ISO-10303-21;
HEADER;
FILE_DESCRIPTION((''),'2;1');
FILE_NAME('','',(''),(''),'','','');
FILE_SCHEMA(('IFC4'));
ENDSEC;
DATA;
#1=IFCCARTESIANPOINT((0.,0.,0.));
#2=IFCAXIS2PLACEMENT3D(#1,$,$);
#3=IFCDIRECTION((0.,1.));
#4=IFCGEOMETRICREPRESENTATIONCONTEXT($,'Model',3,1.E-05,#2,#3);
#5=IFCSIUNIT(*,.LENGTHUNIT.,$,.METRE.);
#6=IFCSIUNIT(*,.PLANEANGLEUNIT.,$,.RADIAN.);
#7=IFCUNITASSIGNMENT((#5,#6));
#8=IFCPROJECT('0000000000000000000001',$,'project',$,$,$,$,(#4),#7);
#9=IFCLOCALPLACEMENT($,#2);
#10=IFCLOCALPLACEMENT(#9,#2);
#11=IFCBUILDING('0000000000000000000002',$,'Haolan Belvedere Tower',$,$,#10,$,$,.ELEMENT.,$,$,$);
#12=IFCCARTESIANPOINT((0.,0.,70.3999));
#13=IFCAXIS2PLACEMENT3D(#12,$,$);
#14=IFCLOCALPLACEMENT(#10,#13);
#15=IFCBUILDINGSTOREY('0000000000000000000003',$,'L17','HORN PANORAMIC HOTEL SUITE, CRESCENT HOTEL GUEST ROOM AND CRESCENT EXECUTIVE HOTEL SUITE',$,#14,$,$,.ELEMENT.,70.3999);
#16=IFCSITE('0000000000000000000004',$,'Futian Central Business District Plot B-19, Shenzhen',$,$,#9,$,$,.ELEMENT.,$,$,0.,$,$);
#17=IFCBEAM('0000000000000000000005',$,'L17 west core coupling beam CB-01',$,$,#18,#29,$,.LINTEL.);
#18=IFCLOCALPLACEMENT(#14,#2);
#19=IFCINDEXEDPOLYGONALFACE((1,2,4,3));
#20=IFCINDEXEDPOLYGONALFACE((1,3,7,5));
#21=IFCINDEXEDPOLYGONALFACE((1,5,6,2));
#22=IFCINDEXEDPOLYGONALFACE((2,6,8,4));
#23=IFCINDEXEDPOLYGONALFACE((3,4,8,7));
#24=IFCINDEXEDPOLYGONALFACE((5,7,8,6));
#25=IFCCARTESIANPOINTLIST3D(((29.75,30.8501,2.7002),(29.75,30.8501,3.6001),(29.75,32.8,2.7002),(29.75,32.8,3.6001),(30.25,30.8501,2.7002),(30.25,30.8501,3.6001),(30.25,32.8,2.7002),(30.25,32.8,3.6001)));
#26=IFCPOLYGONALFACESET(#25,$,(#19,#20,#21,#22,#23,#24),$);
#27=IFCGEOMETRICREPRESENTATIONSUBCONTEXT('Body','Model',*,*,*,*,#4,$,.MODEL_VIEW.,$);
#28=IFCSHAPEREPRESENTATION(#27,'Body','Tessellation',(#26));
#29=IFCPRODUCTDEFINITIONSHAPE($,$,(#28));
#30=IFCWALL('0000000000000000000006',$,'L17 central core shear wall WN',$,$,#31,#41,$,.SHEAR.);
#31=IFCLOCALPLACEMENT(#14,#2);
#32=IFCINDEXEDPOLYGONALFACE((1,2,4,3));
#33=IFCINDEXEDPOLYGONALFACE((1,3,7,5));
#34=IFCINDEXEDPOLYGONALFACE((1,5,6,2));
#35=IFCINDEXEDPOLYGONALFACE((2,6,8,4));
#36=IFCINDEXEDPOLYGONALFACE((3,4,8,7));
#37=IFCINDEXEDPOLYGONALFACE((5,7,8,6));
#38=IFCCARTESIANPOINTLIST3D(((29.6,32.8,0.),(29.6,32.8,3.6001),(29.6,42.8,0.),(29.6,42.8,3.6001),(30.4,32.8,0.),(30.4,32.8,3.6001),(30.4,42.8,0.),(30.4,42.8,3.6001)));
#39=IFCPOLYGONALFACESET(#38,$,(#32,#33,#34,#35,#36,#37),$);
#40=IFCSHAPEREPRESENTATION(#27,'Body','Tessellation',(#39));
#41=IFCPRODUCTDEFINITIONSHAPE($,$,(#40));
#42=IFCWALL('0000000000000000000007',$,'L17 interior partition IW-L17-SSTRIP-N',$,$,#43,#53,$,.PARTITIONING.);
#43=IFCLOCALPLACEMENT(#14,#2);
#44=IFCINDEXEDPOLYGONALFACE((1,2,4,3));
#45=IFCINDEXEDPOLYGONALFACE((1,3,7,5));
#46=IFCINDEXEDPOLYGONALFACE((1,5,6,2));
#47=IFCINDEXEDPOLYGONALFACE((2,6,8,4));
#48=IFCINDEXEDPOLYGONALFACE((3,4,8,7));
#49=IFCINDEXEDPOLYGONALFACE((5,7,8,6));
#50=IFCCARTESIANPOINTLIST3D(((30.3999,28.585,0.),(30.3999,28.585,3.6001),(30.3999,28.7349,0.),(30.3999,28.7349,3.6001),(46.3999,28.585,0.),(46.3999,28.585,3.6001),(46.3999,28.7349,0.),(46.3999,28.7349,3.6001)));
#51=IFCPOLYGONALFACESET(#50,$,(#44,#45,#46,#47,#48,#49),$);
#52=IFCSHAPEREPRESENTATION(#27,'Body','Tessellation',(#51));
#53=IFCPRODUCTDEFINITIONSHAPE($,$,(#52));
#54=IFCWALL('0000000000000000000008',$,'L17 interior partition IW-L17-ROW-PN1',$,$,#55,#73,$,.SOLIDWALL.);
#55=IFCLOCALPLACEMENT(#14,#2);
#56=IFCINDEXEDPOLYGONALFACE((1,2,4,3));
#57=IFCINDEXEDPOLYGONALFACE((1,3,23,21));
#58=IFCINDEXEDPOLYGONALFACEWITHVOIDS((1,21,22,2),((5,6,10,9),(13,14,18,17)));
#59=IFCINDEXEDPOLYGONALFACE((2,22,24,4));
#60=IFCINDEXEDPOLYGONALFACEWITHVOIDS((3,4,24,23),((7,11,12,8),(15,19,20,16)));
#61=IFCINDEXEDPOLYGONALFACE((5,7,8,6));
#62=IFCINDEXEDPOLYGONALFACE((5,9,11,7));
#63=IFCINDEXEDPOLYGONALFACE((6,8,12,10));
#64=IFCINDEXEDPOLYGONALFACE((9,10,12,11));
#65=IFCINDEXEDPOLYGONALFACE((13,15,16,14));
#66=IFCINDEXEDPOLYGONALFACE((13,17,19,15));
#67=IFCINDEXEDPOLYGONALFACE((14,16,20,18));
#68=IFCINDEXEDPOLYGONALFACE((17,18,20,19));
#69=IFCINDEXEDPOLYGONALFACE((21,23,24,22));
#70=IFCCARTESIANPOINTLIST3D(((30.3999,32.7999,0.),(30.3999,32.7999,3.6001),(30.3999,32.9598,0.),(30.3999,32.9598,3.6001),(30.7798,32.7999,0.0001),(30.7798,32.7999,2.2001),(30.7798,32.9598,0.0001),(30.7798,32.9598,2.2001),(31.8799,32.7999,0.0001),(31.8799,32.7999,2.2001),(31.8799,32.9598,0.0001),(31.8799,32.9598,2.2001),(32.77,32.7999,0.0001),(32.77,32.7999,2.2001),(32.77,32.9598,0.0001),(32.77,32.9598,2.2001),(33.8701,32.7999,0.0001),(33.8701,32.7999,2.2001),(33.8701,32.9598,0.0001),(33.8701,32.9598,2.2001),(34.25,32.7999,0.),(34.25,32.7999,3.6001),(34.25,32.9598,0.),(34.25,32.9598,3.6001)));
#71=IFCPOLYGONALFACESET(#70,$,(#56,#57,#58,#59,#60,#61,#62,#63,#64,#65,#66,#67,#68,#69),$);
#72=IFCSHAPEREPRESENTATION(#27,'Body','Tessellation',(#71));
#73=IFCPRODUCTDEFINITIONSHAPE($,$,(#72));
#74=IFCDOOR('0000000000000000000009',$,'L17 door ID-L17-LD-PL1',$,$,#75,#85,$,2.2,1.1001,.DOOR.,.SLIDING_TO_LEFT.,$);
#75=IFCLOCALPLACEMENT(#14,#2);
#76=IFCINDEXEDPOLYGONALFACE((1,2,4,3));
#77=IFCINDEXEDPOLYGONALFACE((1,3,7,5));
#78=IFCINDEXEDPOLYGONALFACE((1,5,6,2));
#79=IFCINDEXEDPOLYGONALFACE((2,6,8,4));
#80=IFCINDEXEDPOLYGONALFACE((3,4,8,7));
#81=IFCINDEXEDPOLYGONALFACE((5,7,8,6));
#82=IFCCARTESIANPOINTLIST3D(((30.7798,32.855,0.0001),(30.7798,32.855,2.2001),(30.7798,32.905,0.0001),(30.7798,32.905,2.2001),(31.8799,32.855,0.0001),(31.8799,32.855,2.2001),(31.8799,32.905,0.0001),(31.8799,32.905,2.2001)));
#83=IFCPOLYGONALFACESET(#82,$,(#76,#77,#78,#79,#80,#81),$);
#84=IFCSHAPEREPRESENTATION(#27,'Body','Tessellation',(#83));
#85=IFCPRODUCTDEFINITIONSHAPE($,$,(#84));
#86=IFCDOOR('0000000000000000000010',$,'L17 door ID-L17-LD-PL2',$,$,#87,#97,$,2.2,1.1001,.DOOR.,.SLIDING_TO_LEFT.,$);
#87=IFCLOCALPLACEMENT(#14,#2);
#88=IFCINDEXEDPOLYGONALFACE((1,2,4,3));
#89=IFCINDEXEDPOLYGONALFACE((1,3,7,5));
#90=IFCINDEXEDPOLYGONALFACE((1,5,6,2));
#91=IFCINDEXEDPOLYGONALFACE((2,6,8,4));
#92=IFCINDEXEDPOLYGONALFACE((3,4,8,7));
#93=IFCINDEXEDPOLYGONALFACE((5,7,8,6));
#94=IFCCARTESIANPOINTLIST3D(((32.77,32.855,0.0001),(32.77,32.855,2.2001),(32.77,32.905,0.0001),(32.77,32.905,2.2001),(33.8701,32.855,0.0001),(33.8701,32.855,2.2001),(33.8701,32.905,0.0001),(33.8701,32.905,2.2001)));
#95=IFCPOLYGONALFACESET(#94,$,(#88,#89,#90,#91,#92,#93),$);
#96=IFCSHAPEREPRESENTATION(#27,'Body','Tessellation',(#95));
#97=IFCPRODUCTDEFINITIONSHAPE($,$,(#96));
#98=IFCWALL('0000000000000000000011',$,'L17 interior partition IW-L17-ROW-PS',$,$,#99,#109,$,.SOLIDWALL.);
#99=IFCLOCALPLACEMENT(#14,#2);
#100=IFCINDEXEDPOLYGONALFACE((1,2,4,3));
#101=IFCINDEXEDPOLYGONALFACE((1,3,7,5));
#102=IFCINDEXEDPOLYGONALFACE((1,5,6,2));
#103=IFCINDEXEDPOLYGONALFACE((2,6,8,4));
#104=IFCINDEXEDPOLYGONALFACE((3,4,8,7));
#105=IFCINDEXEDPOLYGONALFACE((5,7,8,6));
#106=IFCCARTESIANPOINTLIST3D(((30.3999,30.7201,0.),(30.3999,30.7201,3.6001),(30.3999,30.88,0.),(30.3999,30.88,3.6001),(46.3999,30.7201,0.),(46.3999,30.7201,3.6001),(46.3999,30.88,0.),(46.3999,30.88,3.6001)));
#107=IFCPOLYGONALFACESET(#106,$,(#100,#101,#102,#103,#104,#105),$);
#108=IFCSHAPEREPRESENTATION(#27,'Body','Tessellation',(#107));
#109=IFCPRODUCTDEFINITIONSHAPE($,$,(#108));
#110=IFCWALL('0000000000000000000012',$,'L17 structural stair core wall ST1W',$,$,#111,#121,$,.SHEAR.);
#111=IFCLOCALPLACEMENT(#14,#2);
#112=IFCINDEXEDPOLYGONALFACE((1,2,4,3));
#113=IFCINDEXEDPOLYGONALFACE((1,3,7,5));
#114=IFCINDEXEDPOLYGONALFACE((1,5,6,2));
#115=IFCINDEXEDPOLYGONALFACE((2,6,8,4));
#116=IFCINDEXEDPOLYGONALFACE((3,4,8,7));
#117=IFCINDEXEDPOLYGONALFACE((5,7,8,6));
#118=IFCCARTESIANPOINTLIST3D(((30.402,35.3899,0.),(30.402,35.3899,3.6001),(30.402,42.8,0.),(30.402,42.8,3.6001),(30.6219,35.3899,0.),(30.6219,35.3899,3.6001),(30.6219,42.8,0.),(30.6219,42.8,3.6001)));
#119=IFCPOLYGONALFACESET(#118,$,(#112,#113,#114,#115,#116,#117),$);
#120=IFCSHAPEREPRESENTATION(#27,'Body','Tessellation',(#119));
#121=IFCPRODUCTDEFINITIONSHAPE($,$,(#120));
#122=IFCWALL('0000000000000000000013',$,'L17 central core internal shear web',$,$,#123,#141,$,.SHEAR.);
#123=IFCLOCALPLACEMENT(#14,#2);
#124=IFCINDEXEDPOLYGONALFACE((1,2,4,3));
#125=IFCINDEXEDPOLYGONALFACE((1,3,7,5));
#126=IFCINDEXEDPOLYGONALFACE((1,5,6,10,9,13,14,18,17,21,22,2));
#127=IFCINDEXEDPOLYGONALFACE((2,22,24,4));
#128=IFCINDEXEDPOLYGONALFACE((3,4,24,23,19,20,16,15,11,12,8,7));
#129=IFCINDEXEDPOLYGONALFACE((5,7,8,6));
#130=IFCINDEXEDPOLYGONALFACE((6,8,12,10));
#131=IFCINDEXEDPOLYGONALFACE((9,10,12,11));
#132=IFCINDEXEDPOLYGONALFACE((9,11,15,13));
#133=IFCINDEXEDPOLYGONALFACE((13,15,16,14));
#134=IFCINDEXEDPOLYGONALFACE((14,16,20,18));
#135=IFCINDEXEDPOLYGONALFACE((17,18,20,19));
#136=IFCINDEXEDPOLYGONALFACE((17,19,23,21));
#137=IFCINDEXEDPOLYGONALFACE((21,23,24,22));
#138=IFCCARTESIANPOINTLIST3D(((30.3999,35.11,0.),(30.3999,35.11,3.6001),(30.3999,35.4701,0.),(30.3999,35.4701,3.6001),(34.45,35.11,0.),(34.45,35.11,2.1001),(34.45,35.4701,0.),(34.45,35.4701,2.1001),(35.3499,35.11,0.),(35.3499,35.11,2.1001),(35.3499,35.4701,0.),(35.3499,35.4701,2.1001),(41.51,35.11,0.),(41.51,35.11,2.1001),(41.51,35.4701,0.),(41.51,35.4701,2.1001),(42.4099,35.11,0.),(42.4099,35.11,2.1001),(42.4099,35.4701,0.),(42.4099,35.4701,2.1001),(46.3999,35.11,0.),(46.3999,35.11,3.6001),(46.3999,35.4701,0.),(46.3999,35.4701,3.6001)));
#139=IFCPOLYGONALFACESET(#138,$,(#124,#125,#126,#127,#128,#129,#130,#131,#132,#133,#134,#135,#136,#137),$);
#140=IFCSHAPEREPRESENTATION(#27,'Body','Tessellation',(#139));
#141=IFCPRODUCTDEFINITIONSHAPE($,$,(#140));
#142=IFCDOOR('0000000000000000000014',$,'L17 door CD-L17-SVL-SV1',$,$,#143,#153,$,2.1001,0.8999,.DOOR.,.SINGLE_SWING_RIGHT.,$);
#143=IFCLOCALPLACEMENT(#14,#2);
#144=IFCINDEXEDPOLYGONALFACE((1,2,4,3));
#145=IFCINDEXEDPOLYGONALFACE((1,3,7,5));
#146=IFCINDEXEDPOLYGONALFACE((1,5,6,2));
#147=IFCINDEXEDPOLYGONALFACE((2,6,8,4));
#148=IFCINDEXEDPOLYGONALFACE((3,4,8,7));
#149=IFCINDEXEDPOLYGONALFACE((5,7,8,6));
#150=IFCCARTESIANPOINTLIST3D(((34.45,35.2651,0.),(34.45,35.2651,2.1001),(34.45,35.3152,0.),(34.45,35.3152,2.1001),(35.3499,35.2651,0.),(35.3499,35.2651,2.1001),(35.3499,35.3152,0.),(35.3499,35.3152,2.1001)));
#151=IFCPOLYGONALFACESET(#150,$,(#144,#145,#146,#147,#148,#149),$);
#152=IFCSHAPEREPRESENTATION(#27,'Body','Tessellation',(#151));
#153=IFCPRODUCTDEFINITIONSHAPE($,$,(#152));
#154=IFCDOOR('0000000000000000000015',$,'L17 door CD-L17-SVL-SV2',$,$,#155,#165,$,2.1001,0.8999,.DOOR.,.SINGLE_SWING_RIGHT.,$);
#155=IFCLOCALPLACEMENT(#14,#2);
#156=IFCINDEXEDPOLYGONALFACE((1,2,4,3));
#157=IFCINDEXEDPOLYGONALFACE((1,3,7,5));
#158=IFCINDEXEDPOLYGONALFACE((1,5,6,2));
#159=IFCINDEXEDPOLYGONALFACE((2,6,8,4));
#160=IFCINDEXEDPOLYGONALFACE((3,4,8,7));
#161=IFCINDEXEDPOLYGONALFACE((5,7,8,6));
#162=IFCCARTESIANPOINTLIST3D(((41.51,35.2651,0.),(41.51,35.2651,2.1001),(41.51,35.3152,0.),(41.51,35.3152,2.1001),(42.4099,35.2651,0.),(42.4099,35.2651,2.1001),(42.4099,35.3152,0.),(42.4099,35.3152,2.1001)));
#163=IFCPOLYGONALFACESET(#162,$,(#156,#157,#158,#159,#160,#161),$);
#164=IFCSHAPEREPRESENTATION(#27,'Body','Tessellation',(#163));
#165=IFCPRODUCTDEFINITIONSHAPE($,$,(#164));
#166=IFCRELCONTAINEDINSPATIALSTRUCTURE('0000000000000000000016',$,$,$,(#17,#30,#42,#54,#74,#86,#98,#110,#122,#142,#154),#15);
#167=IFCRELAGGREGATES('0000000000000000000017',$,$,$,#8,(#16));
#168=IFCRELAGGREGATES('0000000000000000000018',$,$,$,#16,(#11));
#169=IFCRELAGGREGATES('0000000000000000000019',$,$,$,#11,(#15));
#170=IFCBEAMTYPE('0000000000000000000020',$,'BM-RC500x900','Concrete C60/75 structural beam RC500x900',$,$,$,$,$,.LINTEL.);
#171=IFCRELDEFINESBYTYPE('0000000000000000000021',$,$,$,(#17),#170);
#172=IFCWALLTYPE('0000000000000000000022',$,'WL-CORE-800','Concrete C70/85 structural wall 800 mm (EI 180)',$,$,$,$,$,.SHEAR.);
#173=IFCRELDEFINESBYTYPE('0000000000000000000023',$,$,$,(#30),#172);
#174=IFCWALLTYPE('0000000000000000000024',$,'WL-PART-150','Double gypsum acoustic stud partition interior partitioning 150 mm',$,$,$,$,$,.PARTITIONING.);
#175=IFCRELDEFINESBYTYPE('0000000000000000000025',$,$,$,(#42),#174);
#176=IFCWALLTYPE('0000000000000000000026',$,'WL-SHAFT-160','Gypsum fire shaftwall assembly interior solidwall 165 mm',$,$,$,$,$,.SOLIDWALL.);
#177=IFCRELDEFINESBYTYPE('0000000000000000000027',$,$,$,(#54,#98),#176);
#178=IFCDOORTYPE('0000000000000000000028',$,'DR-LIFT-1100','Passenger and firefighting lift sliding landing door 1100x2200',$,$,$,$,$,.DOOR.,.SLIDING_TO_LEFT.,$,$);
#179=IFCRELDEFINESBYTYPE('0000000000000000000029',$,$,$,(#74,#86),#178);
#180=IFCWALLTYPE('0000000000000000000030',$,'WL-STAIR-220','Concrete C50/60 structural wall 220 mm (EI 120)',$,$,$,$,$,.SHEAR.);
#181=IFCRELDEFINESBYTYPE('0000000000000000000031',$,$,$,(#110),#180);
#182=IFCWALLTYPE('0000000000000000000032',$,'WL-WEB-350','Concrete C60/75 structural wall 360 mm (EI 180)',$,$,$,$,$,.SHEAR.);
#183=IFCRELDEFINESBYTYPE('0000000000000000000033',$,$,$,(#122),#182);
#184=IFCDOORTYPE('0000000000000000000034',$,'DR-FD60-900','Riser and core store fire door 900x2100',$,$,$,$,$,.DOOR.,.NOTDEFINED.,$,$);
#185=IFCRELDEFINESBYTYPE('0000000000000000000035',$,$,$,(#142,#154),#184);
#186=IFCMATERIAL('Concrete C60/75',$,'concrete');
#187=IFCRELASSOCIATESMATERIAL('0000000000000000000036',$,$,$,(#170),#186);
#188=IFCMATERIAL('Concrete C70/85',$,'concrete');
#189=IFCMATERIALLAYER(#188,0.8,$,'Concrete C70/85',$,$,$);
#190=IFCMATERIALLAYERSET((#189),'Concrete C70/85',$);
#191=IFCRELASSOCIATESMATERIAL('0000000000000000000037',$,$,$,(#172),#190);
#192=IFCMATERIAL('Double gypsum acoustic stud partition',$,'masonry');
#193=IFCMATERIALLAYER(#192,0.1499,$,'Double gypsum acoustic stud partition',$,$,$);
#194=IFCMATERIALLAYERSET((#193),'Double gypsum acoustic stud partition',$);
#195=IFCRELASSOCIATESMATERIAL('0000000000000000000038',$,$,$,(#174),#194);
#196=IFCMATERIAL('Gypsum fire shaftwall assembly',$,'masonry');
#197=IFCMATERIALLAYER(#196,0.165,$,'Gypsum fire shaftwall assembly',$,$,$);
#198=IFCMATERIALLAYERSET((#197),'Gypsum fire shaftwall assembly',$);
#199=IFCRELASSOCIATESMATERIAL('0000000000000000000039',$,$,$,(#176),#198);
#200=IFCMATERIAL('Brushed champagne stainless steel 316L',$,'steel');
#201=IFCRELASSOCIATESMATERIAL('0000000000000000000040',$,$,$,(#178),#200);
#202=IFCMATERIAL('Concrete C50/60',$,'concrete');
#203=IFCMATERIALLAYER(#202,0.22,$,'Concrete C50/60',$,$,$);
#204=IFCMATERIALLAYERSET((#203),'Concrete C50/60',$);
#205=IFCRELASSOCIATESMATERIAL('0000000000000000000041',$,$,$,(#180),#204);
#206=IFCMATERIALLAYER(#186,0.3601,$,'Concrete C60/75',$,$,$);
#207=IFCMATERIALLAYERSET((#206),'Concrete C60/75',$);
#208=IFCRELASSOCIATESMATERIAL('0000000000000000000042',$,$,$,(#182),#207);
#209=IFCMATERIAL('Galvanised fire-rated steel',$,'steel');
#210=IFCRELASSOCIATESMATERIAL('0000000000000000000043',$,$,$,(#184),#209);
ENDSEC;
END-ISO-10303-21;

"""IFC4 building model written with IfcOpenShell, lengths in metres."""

from ifc_helpers import new_model, si_unit, direction, frame, frame_2d, origin, origin_2d, place, context, subcontext, project, spatial, rectangle, extrude, material, layer, layer_set, material_profile, profile_set, type_object, element, fill, save


model = new_model("IFC4")

# Units and contexts
model_context = context("Model", 3, precision=1e-05, world=origin(), true_north=direction((0.0, 1.0)))
body_context = subcontext(model_context, "Body", "Model", "MODEL_VIEW")
ifc_project = project(units=[si_unit("LENGTHUNIT", "METRE"), si_unit("PLANEANGLEUNIT", "RADIAN")], contexts=[model_context])

# Site, building, storey
site_placement = place(None, origin())
site = spatial("IfcSite", under=ifc_project, at=site_placement, Name="Futian Central Business District Plot B-19, Shenzhen", CompositionType="ELEMENT", RefElevation=0.0)
building_placement = place(site_placement, origin())
building = spatial("IfcBuilding", under=site, at=building_placement, Name="Haolan Belvedere Tower", CompositionType="ELEMENT")
storey_placement = place(building_placement, frame((0.0, 0.0, 70.3999)))
storey = spatial("IfcBuildingStorey", under=building, at=storey_placement, Name="L17", Description="HORN PANORAMIC HOTEL SUITE, CRESCENT HOTEL GUEST ROOM AND CRESCENT EXECUTIVE HOTEL SUITE", CompositionType="ELEMENT", Elevation=70.3999)

# Beam
ifc_material_1 = material(Name="Concrete C60/75", Category="concrete")
ifc_material_profile = material_profile(ifc_material_1, rectangle(XDim=0.5, YDim=0.8999, at=origin_2d()), Name="Concrete C60/75")
ifc_profile_set = profile_set([ifc_material_profile], Name="Concrete C60/75")
beam_type = type_object("IfcBeamType", Name="BM-RC500x900", Description="Concrete C60/75 structural beam RC500x900", PredefinedType="LINTEL", material=ifc_profile_set)
beam_placement = place(storey_placement, frame((30.0, 30.8501, 3.1501), z_axis=(0.0, 1.0, 0.0), x_axis=(-1.0, 0.0, 0.0)))
element("IfcBeam", 1, at=beam_placement, inside=storey, type_object=beam_type, Name="L17 west core coupling beam CB-01", PredefinedType="LINTEL", context=body_context, shape_type="SweptSolid", body=[
    extrude(rectangle(XDim=0.5, YDim=0.8999, at=origin_2d()), origin(), (0.0, 0.0, 1.0), 1.95),
])

# Walls
ifc_material_2 = material(Name="Concrete C70/85", Category="concrete")
ifc_layer_1 = layer(ifc_material_2, 0.8, Name="Concrete C70/85")
ifc_layer_set_1 = layer_set([ifc_layer_1], Name="Concrete C70/85")
wall_type_1 = type_object("IfcWallType", Name="WL-CORE-800", Description="Concrete C70/85 structural wall 800 mm (EI 180)", PredefinedType="SHEAR", material=ifc_layer_set_1)
wall_1_placement = place(storey_placement, frame((30.0, 32.8, 0.0), z_axis=(0.0, 0.0, 1.0), x_axis=(0.0, 1.0, 0.0)))
element("IfcWall", 2, at=wall_1_placement, inside=storey, type_object=wall_type_1, Name="L17 central core shear wall WN", PredefinedType="SHEAR", context=body_context, shape_type="SweptSolid", body=[
    extrude(rectangle(XDim=10.0, YDim=0.8, at=frame_2d((5.0, 0.0))), origin(), (0.0, 0.0, 1.0), 3.6001),
])
ifc_material_3 = material(Name="Double gypsum acoustic stud partition", Category="masonry")
ifc_layer_2 = layer(ifc_material_3, 0.1499, Name="Double gypsum acoustic stud partition")
ifc_layer_set_2 = layer_set([ifc_layer_2], Name="Double gypsum acoustic stud partition")
wall_type_2 = type_object("IfcWallType", Name="WL-PART-150", Description="Double gypsum acoustic stud partition interior partitioning 150 mm", PredefinedType="PARTITIONING", material=ifc_layer_set_2)
wall_2_placement = place(storey_placement, frame((30.3999, 28.6599, 0.0), z_axis=(0.0, 0.0, 1.0), x_axis=(1.0, 0.0, 0.0)))
element("IfcWall", 3, at=wall_2_placement, inside=storey, type_object=wall_type_2, Name="L17 interior partition IW-L17-SSTRIP-N", PredefinedType="PARTITIONING", context=body_context, shape_type="SweptSolid", body=[
    extrude(rectangle(XDim=16.0, YDim=0.1499, at=frame_2d((8.0, 0.0))), origin(), (0.0, 0.0, 1.0), 3.6001),
])

# Wall, openings, doors
ifc_material_4 = material(Name="Gypsum fire shaftwall assembly", Category="masonry")
ifc_layer_3 = layer(ifc_material_4, 0.165, Name="Gypsum fire shaftwall assembly")
ifc_layer_set_3 = layer_set([ifc_layer_3], Name="Gypsum fire shaftwall assembly")
wall_type_3 = type_object("IfcWallType", Name="WL-SHAFT-160", Description="Gypsum fire shaftwall assembly interior solidwall 165 mm", PredefinedType="SOLIDWALL", material=ifc_layer_set_3)
wall_3_placement = place(storey_placement, frame((30.3999, 32.8799, 0.0), z_axis=(0.0, 0.0, 1.0), x_axis=(1.0, 0.0, 0.0)))
wall_3 = element("IfcWall", 4, at=wall_3_placement, inside=storey, type_object=wall_type_3, Name="L17 interior partition IW-L17-ROW-PN1", PredefinedType="SOLIDWALL", context=body_context, shape_type="SweptSolid", body=[
    extrude(rectangle(XDim=3.8501, YDim=0.1599, at=frame_2d((1.925, 0.0))), origin(), (0.0, 0.0, 1.0), 3.6001),
])
opening_1_placement = place(wall_3_placement, frame((1.48, 0.0, 0.0), z_axis=(0.0, 0.0, 1.0), x_axis=(-1.0, 0.0, 0.0)))
opening_1 = element("IfcOpeningElement", 5, at=opening_1_placement, cuts=wall_3, PredefinedType="OPENING", context=body_context, shape_type="SweptSolid", body=[
    extrude(rectangle(XDim=1.1001, YDim=2.2, at=frame_2d((0.55, 1.1001))), frame((0.0, 0.0898, 0.0), z_axis=(0.0, -1.0, 0.0), x_axis=(1.0, 0.0, 0.0)), (0.0, 0.0, 1.0), 0.1799),
])
opening_2_placement = place(wall_3_placement, frame((3.4702, 0.0, 0.0), z_axis=(0.0, 0.0, 1.0), x_axis=(-1.0, 0.0, 0.0)))
opening_2 = element("IfcOpeningElement", 6, at=opening_2_placement, cuts=wall_3, PredefinedType="OPENING", context=body_context, shape_type="SweptSolid", body=[
    extrude(rectangle(XDim=1.1001, YDim=2.2, at=frame_2d((0.55, 1.1001))), frame((0.0, 0.0898, 0.0), z_axis=(0.0, -1.0, 0.0), x_axis=(1.0, 0.0, 0.0)), (0.0, 0.0, 1.0), 0.1799),
])
ifc_material_5 = material(Name="Brushed champagne stainless steel 316L", Category="steel")
door_type_1 = type_object("IfcDoorType", Name="DR-LIFT-1100", Description="Passenger and firefighting lift sliding landing door 1100x2200", OperationType="SLIDING_TO_LEFT", PredefinedType="DOOR", material=ifc_material_5)
door_1_placement = place(opening_1_placement, origin())
door_1 = element("IfcDoor", 7, at=door_1_placement, inside=storey, type_object=door_type_1, Name="L17 door ID-L17-LD-PL1", OperationType="SLIDING_TO_LEFT", OverallHeight=2.2, OverallWidth=1.1001, PredefinedType="DOOR", context=body_context, shape_type="SweptSolid", body=[
    extrude(rectangle(XDim=1.1001, YDim=2.2, at=frame_2d((0.55, 1.1001))), frame((0.0, 0.0249, 0.0), z_axis=(0.0, -1.0, 0.0), x_axis=(1.0, 0.0, 0.0)), (0.0, 0.0, 1.0), 0.05),
])
fill(opening_1, door_1)
door_2_placement = place(opening_2_placement, origin())
door_2 = element("IfcDoor", 8, at=door_2_placement, inside=storey, type_object=door_type_1, Name="L17 door ID-L17-LD-PL2", OperationType="SLIDING_TO_LEFT", OverallHeight=2.2, OverallWidth=1.1001, PredefinedType="DOOR", context=body_context, shape_type="SweptSolid", body=[
    extrude(rectangle(XDim=1.1001, YDim=2.2, at=frame_2d((0.55, 1.1001))), frame((0.0, 0.0249, 0.0), z_axis=(0.0, -1.0, 0.0), x_axis=(1.0, 0.0, 0.0)), (0.0, 0.0, 1.0), 0.05),
])
fill(opening_2, door_2)

# Walls
wall_4_placement = place(storey_placement, frame((30.3999, 30.8, 0.0), z_axis=(0.0, 0.0, 1.0), x_axis=(1.0, 0.0, 0.0)))
element("IfcWall", 9, at=wall_4_placement, inside=storey, type_object=wall_type_3, Name="L17 interior partition IW-L17-ROW-PS", PredefinedType="SOLIDWALL", context=body_context, shape_type="SweptSolid", body=[
    extrude(rectangle(XDim=16.0, YDim=0.1599, at=frame_2d((8.0, 0.0))), origin(), (0.0, 0.0, 1.0), 3.6001),
])
ifc_material_6 = material(Name="Concrete C50/60", Category="concrete")
ifc_layer_4 = layer(ifc_material_6, 0.22, Name="Concrete C50/60")
ifc_layer_set_4 = layer_set([ifc_layer_4], Name="Concrete C50/60")
wall_type_4 = type_object("IfcWallType", Name="WL-STAIR-220", Description="Concrete C50/60 structural wall 220 mm (EI 120)", PredefinedType="SHEAR", material=ifc_layer_set_4)
wall_5_placement = place(storey_placement, frame((30.512, 35.3899, 0.0), z_axis=(0.0, 0.0, 1.0), x_axis=(0.0, 1.0, 0.0)))
element("IfcWall", 10, at=wall_5_placement, inside=storey, type_object=wall_type_4, Name="L17 structural stair core wall ST1W", PredefinedType="SHEAR", context=body_context, shape_type="SweptSolid", body=[
    extrude(rectangle(XDim=7.4102, YDim=0.22, at=frame_2d((3.7051, 0.0))), origin(), (0.0, 0.0, 1.0), 3.6001),
])

# Wall, openings, doors
ifc_layer_5 = layer(ifc_material_1, 0.3601, Name="Concrete C60/75")
ifc_layer_set_5 = layer_set([ifc_layer_5], Name="Concrete C60/75")
wall_type_5 = type_object("IfcWallType", Name="WL-WEB-350", Description="Concrete C60/75 structural wall 360 mm (EI 180)", PredefinedType="SHEAR", material=ifc_layer_set_5)
wall_6_placement = place(storey_placement, frame((30.3999, 35.29, 0.0), z_axis=(0.0, 0.0, 1.0), x_axis=(1.0, 0.0, 0.0)))
wall_6 = element("IfcWall", 11, at=wall_6_placement, inside=storey, type_object=wall_type_5, Name="L17 central core internal shear web", PredefinedType="SHEAR", context=body_context, shape_type="SweptSolid", body=[
    extrude(rectangle(XDim=16.0, YDim=0.3601, at=frame_2d((8.0, 0.0))), origin(), (0.0, 0.0, 1.0), 3.6001),
])
opening_3_placement = place(wall_6_placement, frame((4.95, 0.0, 0.0), z_axis=(0.0, 0.0, 1.0), x_axis=(-1.0, 0.0, 0.0)))
opening_3 = element("IfcOpeningElement", 12, at=opening_3_placement, cuts=wall_6, PredefinedType="OPENING", context=body_context, shape_type="SweptSolid", body=[
    extrude(rectangle(XDim=0.8999, YDim=2.1001, at=frame_2d((0.45, 1.05))), frame((0.0, 0.1899, 0.0), z_axis=(0.0, -1.0, 0.0), x_axis=(1.0, 0.0, 0.0)), (0.0, 0.0, 1.0), 0.3801),
])
opening_4_placement = place(wall_6_placement, frame((12.01, 0.0, 0.0), z_axis=(0.0, 0.0, 1.0), x_axis=(-1.0, 0.0, 0.0)))
opening_4 = element("IfcOpeningElement", 13, at=opening_4_placement, cuts=wall_6, PredefinedType="OPENING", context=body_context, shape_type="SweptSolid", body=[
    extrude(rectangle(XDim=0.8999, YDim=2.1001, at=frame_2d((0.45, 1.05))), frame((0.0, 0.1899, 0.0), z_axis=(0.0, -1.0, 0.0), x_axis=(1.0, 0.0, 0.0)), (0.0, 0.0, 1.0), 0.3801),
])
ifc_material_7 = material(Name="Galvanised fire-rated steel", Category="steel")
door_type_2 = type_object("IfcDoorType", Name="DR-FD60-900", Description="Riser and core store fire door 900x2100", OperationType="NOTDEFINED", PredefinedType="DOOR", material=ifc_material_7)
door_3_placement = place(opening_3_placement, origin())
door_3 = element("IfcDoor", 14, at=door_3_placement, inside=storey, type_object=door_type_2, Name="L17 door CD-L17-SVL-SV1", OperationType="SINGLE_SWING_RIGHT", OverallHeight=2.1001, OverallWidth=0.8999, PredefinedType="DOOR", context=body_context, shape_type="SweptSolid", body=[
    extrude(rectangle(XDim=0.8999, YDim=2.1001, at=frame_2d((0.45, 1.05))), frame((0.0, 0.0249, 0.0), z_axis=(0.0, -1.0, 0.0), x_axis=(1.0, 0.0, 0.0)), (0.0, 0.0, 1.0), 0.05),
])
fill(opening_3, door_3)
door_4_placement = place(opening_4_placement, origin())
door_4 = element("IfcDoor", 15, at=door_4_placement, inside=storey, type_object=door_type_2, Name="L17 door CD-L17-SVL-SV2", OperationType="SINGLE_SWING_RIGHT", OverallHeight=2.1001, OverallWidth=0.8999, PredefinedType="DOOR", context=body_context, shape_type="SweptSolid", body=[
    extrude(rectangle(XDim=0.8999, YDim=2.1001, at=frame_2d((0.45, 1.05))), frame((0.0, 0.0249, 0.0), z_axis=(0.0, -1.0, 0.0), x_axis=(1.0, 0.0, 0.0)), (0.0, 0.0, 1.0), 0.05),
])
fill(opening_4, door_4)

save(model, "model.ifc")
